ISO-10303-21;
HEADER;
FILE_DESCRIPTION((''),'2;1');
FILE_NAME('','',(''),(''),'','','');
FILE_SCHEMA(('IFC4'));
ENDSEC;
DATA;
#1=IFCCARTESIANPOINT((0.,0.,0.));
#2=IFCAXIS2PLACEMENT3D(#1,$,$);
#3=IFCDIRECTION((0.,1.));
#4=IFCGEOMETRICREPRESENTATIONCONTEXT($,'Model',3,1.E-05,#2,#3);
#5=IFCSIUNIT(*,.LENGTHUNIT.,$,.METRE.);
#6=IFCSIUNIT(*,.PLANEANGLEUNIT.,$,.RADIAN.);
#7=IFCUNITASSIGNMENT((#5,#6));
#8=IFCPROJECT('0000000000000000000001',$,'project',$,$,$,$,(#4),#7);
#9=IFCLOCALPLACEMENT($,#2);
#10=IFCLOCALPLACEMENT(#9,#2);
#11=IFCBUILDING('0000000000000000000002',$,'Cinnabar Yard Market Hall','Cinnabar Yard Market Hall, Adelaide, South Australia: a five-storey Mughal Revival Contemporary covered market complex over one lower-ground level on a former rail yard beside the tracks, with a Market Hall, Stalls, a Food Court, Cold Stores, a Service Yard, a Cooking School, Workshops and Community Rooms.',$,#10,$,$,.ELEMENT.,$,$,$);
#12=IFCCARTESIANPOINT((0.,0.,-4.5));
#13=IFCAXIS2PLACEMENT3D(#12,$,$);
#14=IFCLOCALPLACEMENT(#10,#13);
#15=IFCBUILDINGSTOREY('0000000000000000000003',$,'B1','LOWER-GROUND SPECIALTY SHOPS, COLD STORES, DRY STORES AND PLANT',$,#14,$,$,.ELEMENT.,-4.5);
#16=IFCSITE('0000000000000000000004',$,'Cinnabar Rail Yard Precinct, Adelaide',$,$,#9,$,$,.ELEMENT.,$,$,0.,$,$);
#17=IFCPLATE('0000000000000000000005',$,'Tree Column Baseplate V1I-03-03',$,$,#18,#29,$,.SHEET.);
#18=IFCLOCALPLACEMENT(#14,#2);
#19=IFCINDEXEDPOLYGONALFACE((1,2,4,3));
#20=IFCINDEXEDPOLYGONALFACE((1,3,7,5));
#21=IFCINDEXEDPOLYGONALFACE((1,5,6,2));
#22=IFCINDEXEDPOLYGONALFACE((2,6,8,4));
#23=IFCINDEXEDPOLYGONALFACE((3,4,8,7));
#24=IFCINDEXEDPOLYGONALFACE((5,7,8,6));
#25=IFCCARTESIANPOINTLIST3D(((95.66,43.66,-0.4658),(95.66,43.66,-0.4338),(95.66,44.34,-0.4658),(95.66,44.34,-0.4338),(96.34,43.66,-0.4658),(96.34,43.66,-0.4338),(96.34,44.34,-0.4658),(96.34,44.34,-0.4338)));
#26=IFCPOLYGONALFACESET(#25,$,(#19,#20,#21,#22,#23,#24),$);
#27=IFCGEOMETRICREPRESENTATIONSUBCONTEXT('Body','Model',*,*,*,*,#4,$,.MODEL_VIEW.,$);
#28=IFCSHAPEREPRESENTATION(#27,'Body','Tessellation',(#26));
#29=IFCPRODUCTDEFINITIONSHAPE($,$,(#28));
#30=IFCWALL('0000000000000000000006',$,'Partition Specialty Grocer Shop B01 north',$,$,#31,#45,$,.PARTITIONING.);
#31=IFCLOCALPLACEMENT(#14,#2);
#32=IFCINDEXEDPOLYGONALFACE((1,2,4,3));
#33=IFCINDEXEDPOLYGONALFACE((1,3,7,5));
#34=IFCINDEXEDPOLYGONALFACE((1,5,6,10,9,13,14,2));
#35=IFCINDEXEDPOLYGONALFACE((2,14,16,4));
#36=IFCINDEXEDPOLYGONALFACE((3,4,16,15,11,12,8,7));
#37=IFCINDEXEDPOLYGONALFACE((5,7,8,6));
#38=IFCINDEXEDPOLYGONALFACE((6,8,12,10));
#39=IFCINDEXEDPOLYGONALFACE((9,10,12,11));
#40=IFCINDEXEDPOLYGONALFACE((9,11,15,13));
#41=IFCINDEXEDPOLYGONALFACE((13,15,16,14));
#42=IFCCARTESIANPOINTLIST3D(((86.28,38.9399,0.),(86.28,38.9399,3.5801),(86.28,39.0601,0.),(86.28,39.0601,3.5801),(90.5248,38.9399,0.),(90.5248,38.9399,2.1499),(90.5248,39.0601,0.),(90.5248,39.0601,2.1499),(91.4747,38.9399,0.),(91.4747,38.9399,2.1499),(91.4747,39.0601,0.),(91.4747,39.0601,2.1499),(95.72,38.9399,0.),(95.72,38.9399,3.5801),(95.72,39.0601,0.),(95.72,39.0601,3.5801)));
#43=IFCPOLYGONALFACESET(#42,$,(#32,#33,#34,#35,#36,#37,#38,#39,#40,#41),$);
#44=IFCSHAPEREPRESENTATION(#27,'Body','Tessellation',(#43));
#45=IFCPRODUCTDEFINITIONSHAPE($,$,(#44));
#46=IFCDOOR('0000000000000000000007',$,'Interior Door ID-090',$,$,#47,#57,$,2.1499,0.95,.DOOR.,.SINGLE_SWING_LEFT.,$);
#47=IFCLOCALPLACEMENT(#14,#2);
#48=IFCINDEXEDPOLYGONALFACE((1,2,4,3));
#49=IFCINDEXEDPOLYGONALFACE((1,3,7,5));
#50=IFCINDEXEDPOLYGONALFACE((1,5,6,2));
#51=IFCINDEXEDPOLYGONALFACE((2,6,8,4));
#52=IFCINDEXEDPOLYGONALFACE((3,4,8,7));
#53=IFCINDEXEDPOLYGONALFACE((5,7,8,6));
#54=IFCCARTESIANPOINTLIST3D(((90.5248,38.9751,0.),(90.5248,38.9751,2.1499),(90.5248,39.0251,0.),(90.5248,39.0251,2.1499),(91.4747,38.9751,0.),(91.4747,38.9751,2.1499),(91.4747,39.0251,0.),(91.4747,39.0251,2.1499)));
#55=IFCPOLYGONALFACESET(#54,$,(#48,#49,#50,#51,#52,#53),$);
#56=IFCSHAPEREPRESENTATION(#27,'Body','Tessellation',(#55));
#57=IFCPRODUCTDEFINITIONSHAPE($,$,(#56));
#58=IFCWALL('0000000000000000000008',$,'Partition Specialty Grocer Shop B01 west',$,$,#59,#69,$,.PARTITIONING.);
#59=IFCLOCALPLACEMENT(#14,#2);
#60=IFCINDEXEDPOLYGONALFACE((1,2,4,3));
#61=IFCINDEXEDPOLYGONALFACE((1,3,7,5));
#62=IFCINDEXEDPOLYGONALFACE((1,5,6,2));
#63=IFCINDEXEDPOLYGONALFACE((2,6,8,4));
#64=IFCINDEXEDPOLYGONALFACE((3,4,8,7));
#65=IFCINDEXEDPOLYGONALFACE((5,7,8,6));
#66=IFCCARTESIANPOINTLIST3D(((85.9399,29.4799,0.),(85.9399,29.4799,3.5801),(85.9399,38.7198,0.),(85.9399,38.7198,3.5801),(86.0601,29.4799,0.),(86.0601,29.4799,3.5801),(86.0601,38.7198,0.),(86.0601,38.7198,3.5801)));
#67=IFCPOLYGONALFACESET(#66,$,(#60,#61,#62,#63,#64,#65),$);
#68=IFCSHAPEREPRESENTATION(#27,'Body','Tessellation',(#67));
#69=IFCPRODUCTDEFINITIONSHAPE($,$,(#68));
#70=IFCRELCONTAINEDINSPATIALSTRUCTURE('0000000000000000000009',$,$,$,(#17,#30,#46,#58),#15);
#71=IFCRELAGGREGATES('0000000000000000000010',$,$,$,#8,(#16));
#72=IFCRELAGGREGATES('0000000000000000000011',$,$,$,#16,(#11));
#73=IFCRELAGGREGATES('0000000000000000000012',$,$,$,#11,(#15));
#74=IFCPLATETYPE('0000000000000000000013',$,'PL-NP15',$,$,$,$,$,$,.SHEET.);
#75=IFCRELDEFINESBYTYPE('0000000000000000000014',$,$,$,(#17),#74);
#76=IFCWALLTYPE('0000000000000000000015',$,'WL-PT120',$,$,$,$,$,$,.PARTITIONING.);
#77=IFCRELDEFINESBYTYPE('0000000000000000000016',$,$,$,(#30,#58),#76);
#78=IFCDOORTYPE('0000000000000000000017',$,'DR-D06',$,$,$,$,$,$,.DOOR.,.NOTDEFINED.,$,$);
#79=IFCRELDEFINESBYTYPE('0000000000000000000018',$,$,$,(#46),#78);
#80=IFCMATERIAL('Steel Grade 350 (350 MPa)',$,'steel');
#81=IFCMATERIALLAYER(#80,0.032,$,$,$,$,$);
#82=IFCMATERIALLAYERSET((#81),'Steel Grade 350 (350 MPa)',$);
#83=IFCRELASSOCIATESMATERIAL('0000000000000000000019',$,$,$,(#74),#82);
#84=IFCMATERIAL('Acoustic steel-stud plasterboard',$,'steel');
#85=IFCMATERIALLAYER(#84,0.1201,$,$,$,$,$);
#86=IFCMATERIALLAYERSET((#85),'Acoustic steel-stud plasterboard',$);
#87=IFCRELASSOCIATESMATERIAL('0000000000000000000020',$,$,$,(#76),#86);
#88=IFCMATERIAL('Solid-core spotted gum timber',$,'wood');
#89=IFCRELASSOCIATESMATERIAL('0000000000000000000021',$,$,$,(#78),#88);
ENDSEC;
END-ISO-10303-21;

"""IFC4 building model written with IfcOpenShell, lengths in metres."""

from ifc_helpers import new_model, si_unit, direction, frame, frame_2d, origin, origin_2d_with_axis, place, context, subcontext, project, spatial, rectangle, extrude, material, layer, layer_set, type_object, element, fill, save


model = new_model("IFC4")

# Units and contexts
model_context = context("Model", 3, precision=1e-05, world=origin(), true_north=direction((0.0, 1.0)))
body_context = subcontext(model_context, "Body", "Model", "MODEL_VIEW")
ifc_project = project(units=[si_unit("LENGTHUNIT", "METRE"), si_unit("PLANEANGLEUNIT", "RADIAN")], contexts=[model_context])

# Site, building, storey
site_placement = place(None, origin())
site = spatial("IfcSite", under=ifc_project, at=site_placement, Name="Cinnabar Rail Yard Precinct, Adelaide", CompositionType="ELEMENT", RefElevation=0.0)
building_placement = place(site_placement, origin())
building = spatial("IfcBuilding", under=site, at=building_placement, Name="Cinnabar Yard Market Hall", Description="Cinnabar Yard Market Hall, Adelaide, South Australia: a five-storey Mughal Revival Contemporary covered market complex over one lower-ground level on a former rail yard beside the tracks, with a Market Hall, Stalls, a Food Court, Cold Stores, a Service Yard, a Cooking School, Workshops and Community Rooms.", CompositionType="ELEMENT")
storey_placement = place(building_placement, frame((0.0, 0.0, -4.5)))
storey = spatial("IfcBuildingStorey", under=building, at=storey_placement, Name="B1", Description="LOWER-GROUND SPECIALTY SHOPS, COLD STORES, DRY STORES AND PLANT", CompositionType="ELEMENT", Elevation=-4.5)

# Plate
ifc_material_1 = material(Name="Steel Grade 350 (350 MPa)", Category="steel")
ifc_layer_1 = layer(ifc_material_1, 0.032)
ifc_layer_set_1 = layer_set([ifc_layer_1], Name="Steel Grade 350 (350 MPa)")
plate_type = type_object("IfcPlateType", Name="PL-NP15", PredefinedType="SHEET", material=ifc_layer_set_1)
for number, where, z_axis, x_axis, name in (
    (1, (96.0, 44.0, -0.4658), (0.0, 0.0, 1.0), (1.0, 0.0, 0.0), "Tree Column Baseplate V1I-03-03"),
):
    element("IfcPlate", number, at=place(storey_placement, frame(where, z_axis=z_axis, x_axis=x_axis)), inside=storey, type_object=plate_type, Name=name, PredefinedType="SHEET", context=body_context, shape_type="SweptSolid", body=[
        extrude(rectangle(XDim=0.6799, YDim=0.6799, at=origin_2d_with_axis()), origin(), (0.0, 0.0, 1.0), 0.032),
    ])

# Wall, opening, door
ifc_material_2 = material(Name="Acoustic steel-stud plasterboard", Category="steel")
ifc_layer_2 = layer(ifc_material_2, 0.1201)
ifc_layer_set_2 = layer_set([ifc_layer_2], Name="Acoustic steel-stud plasterboard")
wall_type = type_object("IfcWallType", Name="WL-PT120", PredefinedType="PARTITIONING", material=ifc_layer_set_2)
wall_1_placement = place(storey_placement, frame((95.72, 39.0, 0.0), z_axis=(0.0, 0.0, 1.0), x_axis=(-1.0, 0.0, 0.0)))
wall_1 = element("IfcWall", 2, at=wall_1_placement, inside=storey, type_object=wall_type, Name="Partition Specialty Grocer Shop B01 north", PredefinedType="PARTITIONING", context=body_context, shape_type="SweptSolid", body=[
    extrude(rectangle(XDim=9.4399, YDim=0.1201, at=frame_2d((4.72, 0.0), x_axis=(1.0, 0.0))), origin(), (0.0, 0.0, 1.0), 3.5801),
])
opening_placement = place(wall_1_placement, frame((4.2451, 0.0, 0.0)))
opening = element("IfcOpeningElement", 3, at=opening_placement, cuts=wall_1, PredefinedType="OPENING", context=body_context, shape_type="SweptSolid", body=[
    extrude(rectangle(XDim=0.95, YDim=2.1499, at=frame_2d((0.4751, 1.075), x_axis=(1.0, 0.0))), frame((0.0, 0.0701, 0.0), z_axis=(0.0, -1.0, 0.0), x_axis=(1.0, 0.0, 0.0)), (0.0, 0.0, 1.0), 0.1401),
])
ifc_material_3 = material(Name="Solid-core spotted gum timber", Category="wood")
door_type = type_object("IfcDoorType", Name="DR-D06", OperationType="NOTDEFINED", PredefinedType="DOOR", material=ifc_material_3)
door_placement = place(opening_placement, origin())
door = element("IfcDoor", 4, at=door_placement, inside=storey, type_object=door_type, Name="Interior Door ID-090", OperationType="SINGLE_SWING_LEFT", OverallHeight=2.1499, OverallWidth=0.95, PredefinedType="DOOR", context=body_context, shape_type="SweptSolid", body=[
    extrude(rectangle(XDim=0.95, YDim=2.1499, at=frame_2d((0.4751, 1.075), x_axis=(1.0, 0.0))), frame((0.0, 0.0249, 0.0), z_axis=(0.0, -1.0, 0.0), x_axis=(1.0, 0.0, 0.0)), (0.0, 0.0, 1.0), 0.05),
])
fill(opening, door)

# Wall
wall_2_placement = place(storey_placement, frame((86.0, 38.72, 0.0), z_axis=(0.0, 0.0, 1.0), x_axis=(0.0, -1.0, 0.0)))
element("IfcWall", 5, at=wall_2_placement, inside=storey, type_object=wall_type, Name="Partition Specialty Grocer Shop B01 west", PredefinedType="PARTITIONING", context=body_context, shape_type="SweptSolid", body=[
    extrude(rectangle(XDim=9.24, YDim=0.1201, at=frame_2d((4.6201, 0.0), x_axis=(1.0, 0.0))), origin(), (0.0, 0.0, 1.0), 3.5801),
])

save(model, "model.ifc")
